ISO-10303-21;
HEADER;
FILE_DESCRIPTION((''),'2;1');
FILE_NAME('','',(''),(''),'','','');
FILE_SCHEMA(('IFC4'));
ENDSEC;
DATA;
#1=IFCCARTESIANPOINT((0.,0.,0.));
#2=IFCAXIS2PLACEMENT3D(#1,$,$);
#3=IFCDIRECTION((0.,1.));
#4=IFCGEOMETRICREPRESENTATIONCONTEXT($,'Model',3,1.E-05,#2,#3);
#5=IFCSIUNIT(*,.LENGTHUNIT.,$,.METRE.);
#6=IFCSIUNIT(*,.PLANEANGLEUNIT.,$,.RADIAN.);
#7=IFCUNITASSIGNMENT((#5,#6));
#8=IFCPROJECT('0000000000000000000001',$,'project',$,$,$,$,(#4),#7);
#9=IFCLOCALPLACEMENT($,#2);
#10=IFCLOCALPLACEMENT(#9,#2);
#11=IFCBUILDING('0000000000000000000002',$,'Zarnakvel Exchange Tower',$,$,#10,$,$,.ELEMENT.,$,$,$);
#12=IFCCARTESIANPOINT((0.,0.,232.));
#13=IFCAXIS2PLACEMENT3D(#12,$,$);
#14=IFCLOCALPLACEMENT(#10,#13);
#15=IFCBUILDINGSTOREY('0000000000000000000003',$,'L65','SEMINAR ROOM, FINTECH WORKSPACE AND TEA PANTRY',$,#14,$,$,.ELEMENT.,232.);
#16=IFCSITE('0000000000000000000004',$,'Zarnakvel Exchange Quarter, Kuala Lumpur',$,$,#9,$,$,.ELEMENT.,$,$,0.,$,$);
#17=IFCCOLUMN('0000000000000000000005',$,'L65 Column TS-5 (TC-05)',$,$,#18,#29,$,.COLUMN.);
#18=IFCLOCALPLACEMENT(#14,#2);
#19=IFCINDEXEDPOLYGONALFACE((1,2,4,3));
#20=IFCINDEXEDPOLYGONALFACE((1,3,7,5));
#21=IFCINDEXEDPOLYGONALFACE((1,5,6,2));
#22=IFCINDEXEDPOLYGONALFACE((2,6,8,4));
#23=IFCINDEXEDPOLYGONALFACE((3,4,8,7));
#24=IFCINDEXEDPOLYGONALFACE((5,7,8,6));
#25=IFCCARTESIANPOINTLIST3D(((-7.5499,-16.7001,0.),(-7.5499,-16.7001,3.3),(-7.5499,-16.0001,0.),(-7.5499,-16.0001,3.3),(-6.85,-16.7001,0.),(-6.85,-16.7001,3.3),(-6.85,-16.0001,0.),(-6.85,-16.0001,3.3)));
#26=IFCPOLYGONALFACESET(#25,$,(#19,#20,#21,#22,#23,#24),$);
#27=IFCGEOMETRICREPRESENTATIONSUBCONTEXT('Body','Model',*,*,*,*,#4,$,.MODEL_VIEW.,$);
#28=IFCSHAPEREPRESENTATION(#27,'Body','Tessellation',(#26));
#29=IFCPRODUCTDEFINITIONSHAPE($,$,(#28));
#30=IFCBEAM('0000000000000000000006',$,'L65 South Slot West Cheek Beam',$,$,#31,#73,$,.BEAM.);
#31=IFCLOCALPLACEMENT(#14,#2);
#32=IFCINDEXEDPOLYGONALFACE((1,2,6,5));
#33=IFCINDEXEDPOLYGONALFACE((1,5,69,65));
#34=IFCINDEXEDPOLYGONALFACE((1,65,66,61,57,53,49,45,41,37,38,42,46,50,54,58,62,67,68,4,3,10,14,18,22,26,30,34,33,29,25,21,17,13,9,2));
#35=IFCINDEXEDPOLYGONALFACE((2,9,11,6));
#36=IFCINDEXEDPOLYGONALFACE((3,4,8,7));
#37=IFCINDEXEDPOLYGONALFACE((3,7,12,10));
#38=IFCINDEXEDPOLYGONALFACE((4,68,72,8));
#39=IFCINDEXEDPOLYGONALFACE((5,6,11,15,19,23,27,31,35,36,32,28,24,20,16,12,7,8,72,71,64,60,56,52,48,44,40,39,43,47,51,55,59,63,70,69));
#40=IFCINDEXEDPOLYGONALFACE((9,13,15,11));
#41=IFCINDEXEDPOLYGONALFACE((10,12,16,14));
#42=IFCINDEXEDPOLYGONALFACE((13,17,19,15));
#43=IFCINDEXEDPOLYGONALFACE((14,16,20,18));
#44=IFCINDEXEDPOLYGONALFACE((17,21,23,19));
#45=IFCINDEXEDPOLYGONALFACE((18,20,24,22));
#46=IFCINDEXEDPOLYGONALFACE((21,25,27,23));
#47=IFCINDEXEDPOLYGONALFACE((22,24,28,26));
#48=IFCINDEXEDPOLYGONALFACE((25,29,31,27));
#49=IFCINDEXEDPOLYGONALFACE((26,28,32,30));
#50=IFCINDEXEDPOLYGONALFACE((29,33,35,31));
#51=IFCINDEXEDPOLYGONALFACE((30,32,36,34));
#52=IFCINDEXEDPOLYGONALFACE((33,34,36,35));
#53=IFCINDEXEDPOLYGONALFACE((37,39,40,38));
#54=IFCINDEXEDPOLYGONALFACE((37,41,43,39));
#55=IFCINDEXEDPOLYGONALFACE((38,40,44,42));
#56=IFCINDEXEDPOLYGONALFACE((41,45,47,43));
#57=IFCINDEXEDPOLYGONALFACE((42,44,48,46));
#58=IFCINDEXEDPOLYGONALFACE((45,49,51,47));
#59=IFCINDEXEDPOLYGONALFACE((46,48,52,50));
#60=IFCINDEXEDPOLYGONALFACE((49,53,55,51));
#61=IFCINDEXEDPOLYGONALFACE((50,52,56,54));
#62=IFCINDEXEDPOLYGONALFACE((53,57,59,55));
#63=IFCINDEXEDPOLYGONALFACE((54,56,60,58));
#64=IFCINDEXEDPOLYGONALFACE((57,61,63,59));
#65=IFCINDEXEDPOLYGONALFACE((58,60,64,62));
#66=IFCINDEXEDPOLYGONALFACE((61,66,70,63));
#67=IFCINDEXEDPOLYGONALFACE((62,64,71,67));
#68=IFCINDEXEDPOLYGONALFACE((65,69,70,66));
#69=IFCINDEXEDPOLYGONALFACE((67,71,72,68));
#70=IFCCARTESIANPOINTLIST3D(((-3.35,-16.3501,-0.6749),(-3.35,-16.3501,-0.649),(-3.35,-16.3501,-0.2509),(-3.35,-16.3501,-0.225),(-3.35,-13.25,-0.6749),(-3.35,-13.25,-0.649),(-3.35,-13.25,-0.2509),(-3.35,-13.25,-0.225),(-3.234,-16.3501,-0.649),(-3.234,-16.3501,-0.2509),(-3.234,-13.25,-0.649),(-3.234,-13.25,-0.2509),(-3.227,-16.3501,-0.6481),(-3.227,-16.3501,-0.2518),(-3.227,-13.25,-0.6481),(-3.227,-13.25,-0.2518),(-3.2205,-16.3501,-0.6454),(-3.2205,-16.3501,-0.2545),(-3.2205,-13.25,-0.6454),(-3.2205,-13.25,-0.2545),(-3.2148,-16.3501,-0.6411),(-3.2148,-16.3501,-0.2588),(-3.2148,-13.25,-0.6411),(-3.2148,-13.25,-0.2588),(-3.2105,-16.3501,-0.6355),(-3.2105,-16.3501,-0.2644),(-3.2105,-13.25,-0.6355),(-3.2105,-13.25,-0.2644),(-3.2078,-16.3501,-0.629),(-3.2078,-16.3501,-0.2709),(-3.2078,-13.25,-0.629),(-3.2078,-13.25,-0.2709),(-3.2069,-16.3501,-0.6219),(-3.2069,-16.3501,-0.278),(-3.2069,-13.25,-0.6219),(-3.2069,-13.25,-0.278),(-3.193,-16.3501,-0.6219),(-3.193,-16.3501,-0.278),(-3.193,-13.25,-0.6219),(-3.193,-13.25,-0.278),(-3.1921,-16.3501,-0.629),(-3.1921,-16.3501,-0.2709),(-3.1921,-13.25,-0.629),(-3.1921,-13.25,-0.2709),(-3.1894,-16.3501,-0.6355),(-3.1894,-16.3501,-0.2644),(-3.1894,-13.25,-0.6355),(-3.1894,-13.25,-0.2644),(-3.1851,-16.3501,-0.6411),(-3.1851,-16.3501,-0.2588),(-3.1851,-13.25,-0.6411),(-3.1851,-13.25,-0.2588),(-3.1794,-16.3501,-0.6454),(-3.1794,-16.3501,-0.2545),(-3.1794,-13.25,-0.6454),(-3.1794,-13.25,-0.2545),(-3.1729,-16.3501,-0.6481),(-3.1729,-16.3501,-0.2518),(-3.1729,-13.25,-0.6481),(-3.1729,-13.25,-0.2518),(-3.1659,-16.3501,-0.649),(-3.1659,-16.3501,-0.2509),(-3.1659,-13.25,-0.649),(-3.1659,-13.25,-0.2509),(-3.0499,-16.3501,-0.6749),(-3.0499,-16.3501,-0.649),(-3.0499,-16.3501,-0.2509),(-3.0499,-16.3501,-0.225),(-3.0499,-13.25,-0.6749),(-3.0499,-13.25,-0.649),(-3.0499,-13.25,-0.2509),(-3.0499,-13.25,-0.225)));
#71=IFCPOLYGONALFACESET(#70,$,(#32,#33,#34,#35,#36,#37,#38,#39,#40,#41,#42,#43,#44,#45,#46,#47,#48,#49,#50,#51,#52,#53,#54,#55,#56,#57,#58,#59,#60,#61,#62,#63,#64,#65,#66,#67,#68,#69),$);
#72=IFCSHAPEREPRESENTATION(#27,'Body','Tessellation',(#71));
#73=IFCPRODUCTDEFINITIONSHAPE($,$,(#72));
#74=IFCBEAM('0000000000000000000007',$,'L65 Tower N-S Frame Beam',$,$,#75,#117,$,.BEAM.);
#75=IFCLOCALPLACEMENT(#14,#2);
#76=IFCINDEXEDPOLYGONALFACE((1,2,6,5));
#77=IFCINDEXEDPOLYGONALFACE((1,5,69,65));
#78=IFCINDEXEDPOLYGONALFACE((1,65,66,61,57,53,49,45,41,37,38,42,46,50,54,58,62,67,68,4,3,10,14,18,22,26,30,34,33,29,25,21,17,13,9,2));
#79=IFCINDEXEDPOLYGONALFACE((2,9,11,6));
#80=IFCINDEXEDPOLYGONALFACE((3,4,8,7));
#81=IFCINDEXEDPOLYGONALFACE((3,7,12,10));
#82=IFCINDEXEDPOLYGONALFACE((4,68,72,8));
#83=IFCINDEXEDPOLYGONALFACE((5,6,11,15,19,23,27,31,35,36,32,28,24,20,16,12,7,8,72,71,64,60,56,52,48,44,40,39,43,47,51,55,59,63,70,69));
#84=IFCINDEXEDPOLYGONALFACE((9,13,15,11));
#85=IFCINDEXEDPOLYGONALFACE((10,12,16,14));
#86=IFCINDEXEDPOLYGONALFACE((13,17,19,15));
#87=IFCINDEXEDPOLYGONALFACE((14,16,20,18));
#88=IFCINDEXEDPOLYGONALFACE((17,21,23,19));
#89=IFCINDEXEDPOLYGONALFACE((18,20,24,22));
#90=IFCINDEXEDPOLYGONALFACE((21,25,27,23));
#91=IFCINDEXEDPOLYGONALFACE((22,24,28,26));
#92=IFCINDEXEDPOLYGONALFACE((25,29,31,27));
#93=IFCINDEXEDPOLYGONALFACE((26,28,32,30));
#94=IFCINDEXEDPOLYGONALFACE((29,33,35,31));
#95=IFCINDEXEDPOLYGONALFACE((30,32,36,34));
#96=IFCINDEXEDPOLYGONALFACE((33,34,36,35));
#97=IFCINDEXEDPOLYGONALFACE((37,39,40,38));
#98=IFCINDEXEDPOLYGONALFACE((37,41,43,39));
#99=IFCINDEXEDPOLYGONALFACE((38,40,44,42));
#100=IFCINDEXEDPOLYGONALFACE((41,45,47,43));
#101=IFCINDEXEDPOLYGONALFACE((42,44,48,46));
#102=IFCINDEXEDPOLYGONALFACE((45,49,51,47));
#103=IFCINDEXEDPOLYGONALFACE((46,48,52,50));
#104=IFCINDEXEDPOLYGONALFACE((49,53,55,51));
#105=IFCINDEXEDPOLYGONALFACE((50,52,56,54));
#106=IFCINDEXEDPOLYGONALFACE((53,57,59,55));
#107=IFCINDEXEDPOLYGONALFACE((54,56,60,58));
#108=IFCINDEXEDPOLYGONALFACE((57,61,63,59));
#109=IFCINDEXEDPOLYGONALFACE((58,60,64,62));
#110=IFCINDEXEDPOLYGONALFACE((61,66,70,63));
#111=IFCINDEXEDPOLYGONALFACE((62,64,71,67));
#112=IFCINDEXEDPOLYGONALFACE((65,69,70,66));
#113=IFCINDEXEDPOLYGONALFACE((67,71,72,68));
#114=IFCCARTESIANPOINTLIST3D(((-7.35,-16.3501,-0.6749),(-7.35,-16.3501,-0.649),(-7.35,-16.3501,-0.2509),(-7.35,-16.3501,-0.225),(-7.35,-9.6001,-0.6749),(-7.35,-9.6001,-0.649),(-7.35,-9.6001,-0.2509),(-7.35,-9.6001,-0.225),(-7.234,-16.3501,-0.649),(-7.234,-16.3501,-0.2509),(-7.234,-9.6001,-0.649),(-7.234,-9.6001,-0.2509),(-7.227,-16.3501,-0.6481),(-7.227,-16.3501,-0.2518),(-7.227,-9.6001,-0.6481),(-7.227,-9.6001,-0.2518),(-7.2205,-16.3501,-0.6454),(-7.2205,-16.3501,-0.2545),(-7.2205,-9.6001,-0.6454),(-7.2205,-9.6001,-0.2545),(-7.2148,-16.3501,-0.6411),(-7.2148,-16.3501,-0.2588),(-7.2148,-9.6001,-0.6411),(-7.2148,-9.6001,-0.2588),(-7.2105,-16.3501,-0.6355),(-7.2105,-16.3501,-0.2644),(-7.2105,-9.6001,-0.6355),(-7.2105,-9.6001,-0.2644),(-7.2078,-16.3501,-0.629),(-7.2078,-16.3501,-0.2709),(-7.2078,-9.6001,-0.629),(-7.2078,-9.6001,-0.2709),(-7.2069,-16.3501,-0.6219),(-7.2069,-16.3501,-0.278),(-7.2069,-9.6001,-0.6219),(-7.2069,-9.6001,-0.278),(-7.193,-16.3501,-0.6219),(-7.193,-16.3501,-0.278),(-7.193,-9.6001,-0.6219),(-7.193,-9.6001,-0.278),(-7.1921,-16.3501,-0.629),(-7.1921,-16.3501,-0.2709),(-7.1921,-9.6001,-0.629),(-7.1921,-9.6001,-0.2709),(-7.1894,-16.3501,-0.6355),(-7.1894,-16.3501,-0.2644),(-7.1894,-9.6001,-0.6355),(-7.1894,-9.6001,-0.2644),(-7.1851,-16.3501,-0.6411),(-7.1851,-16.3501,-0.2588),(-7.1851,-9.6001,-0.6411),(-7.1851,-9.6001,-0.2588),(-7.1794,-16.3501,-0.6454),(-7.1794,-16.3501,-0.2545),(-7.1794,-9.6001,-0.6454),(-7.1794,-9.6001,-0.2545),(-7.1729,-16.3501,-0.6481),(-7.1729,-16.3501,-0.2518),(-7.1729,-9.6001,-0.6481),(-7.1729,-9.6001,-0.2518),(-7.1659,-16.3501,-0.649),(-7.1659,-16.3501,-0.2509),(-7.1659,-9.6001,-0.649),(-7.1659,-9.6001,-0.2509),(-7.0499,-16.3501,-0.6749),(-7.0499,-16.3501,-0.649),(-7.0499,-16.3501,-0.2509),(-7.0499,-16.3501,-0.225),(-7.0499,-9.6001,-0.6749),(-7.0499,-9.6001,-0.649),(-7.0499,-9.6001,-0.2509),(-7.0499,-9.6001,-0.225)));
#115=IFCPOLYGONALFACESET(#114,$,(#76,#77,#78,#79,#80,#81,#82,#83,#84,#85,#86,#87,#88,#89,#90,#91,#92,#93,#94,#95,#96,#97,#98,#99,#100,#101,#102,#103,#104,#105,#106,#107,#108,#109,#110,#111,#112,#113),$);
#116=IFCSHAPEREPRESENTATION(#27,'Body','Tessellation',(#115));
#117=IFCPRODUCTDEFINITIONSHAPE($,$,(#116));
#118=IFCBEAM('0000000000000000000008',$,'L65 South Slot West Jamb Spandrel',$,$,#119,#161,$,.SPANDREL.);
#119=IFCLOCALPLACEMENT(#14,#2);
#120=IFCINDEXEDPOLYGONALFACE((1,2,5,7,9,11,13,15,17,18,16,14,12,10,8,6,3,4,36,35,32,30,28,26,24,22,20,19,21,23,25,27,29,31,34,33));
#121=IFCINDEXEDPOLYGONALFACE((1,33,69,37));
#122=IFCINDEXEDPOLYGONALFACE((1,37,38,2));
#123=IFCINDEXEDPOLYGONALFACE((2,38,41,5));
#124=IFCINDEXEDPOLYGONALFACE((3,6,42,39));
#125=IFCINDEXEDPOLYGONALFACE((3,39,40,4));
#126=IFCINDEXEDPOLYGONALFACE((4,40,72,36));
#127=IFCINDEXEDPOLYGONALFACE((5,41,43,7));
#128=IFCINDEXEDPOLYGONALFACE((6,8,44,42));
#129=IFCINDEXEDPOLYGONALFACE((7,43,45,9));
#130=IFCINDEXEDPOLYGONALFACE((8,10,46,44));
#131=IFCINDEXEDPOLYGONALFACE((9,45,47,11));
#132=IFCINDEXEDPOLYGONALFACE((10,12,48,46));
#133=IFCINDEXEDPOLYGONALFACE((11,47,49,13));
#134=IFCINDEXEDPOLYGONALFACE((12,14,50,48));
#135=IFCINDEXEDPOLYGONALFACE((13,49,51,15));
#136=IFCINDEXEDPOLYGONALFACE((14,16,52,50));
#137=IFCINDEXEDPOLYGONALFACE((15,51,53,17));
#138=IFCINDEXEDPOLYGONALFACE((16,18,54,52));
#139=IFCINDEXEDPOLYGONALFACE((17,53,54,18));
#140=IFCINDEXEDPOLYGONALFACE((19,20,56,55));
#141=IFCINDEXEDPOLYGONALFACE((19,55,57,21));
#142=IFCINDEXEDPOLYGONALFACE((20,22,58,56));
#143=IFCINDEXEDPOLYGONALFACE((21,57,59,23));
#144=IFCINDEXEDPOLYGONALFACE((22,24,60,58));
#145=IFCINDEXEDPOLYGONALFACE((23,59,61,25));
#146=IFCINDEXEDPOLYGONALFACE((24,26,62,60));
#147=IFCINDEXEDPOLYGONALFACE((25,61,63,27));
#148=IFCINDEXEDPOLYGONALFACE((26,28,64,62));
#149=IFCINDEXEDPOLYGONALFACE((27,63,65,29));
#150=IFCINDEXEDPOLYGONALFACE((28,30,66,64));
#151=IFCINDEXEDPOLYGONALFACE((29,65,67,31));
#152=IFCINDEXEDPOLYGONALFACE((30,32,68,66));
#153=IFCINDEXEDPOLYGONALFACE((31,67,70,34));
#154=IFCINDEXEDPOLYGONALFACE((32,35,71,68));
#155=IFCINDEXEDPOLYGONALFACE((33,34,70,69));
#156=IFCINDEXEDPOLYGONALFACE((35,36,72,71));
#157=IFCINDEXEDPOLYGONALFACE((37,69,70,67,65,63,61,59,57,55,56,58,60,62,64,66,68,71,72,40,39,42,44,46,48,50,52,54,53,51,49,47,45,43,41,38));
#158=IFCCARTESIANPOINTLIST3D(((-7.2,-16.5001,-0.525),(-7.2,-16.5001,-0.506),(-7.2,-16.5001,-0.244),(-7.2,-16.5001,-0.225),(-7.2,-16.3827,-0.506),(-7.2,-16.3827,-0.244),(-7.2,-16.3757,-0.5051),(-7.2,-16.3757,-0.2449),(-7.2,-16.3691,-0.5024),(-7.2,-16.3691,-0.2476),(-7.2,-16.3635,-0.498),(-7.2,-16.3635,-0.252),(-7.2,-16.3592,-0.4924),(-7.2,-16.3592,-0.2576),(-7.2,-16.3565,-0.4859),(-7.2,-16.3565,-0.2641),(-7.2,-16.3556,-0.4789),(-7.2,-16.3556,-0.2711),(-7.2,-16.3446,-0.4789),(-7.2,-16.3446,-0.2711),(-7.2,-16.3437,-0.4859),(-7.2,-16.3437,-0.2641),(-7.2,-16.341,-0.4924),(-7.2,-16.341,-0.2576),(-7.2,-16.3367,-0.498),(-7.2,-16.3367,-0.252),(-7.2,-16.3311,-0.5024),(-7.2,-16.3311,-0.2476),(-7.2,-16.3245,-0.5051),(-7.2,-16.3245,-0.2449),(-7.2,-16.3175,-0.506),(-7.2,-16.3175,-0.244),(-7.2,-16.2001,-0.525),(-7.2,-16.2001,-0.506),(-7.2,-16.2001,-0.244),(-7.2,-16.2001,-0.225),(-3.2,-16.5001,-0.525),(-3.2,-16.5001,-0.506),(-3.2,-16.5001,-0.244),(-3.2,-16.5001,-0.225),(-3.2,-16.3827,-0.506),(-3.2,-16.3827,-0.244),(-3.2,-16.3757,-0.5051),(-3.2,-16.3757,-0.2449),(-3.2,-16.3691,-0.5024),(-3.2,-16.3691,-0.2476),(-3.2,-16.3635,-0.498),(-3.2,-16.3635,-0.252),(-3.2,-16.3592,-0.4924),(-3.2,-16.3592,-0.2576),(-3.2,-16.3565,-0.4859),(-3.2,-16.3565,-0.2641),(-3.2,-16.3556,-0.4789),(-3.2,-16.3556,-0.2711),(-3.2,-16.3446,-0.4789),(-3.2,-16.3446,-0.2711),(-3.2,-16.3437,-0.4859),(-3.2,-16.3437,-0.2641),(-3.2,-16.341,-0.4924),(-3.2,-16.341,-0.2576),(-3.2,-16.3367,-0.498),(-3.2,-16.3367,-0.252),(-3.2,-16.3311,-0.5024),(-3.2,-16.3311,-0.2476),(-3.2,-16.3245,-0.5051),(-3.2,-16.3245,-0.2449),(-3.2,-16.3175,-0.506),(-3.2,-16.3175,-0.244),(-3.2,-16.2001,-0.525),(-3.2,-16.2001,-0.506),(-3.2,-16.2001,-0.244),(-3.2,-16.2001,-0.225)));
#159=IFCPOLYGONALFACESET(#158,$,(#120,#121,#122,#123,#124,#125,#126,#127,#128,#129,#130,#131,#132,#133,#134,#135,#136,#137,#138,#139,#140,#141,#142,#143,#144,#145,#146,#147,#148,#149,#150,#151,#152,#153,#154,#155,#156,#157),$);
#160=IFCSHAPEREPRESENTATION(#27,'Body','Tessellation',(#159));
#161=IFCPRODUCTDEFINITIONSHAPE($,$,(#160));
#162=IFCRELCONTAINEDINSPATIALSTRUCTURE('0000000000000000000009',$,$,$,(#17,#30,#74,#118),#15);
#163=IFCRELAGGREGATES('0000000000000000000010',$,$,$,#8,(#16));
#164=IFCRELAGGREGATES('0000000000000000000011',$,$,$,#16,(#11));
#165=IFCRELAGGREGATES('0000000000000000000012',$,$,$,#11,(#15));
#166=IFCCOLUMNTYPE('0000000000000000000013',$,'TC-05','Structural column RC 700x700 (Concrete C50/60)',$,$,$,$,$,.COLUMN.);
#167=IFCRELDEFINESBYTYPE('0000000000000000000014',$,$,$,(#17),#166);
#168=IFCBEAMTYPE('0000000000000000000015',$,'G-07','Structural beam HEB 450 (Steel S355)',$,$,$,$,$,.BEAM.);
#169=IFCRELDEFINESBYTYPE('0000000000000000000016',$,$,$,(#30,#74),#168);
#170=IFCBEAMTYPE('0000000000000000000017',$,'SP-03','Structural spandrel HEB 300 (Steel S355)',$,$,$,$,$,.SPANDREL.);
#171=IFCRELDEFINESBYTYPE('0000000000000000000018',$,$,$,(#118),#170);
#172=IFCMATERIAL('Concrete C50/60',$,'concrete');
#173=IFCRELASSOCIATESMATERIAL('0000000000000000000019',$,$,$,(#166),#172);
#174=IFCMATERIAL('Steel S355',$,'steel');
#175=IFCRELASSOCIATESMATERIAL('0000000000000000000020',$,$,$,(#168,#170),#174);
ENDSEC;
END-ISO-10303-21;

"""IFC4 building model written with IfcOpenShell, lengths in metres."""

from ifc_helpers import new_model, si_unit, direction, frame, origin, origin_2d, place, context, subcontext, project, spatial, rectangle, i_section, extrude, material, material_profile, profile_set, type_object, element, save


model = new_model("IFC4")

# Units and contexts
model_context = context("Model", 3, precision=1e-05, world=origin(), true_north=direction((0.0, 1.0)))
body_context = subcontext(model_context, "Body", "Model", "MODEL_VIEW")
ifc_project = project(units=[si_unit("LENGTHUNIT", "METRE"), si_unit("PLANEANGLEUNIT", "RADIAN")], contexts=[model_context])

# Site, building, storey
site_placement = place(None, origin())
site = spatial("IfcSite", under=ifc_project, at=site_placement, Name="Zarnakvel Exchange Quarter, Kuala Lumpur", CompositionType="ELEMENT", RefElevation=0.0)
building_placement = place(site_placement, origin())
building = spatial("IfcBuilding", under=site, at=building_placement, Name="Zarnakvel Exchange Tower", CompositionType="ELEMENT")
storey_placement = place(building_placement, frame((0.0, 0.0, 232.0)))
storey = spatial("IfcBuildingStorey", under=building, at=storey_placement, Name="L65", Description="SEMINAR ROOM, FINTECH WORKSPACE AND TEA PANTRY", CompositionType="ELEMENT", Elevation=232.0)

# Column
ifc_material_1 = material(Name="Concrete C50/60", Category="concrete")
ifc_material_profile_1 = material_profile(ifc_material_1, rectangle(XDim=0.7, YDim=0.7, at=origin_2d()))
ifc_profile_set_1 = profile_set([ifc_material_profile_1], Name="Concrete C50/60")
column_type = type_object("IfcColumnType", Name="TC-05", Description="Structural column RC 700x700 (Concrete C50/60)", PredefinedType="COLUMN", material=ifc_profile_set_1)
column_placement = place(storey_placement, frame((-7.2, -16.3501, 0.0), z_axis=(0.0, 0.0, 1.0), x_axis=(1.0, 0.0, 0.0)))
element("IfcColumn", 1, at=column_placement, inside=storey, type_object=column_type, Name="L65 Column TS-5 (TC-05)", PredefinedType="COLUMN", context=body_context, shape_type="SweptSolid", body=[
    extrude(rectangle(XDim=0.7, YDim=0.7, at=origin_2d()), origin(), (0.0, 0.0, 1.0), 3.3),
])

# Beams
ifc_material_2 = material(Name="Steel S355", Category="steel")
ifc_material_profile_2 = material_profile(ifc_material_2, i_section(OverallWidth=0.3, OverallDepth=0.45, WebThickness=0.0139, FlangeThickness=0.0259, FilletRadius=0.0271, at=origin_2d()))
ifc_profile_set_2 = profile_set([ifc_material_profile_2], Name="Steel S355")
beam_type_1 = type_object("IfcBeamType", Name="G-07", Description="Structural beam HEB 450 (Steel S355)", PredefinedType="BEAM", material=ifc_profile_set_2)
beam_1_placement = place(storey_placement, frame((-3.2, -16.3501, -0.45), z_axis=(0.0, 1.0, 0.0), x_axis=(-1.0, 0.0, 0.0)))
element("IfcBeam", 2, at=beam_1_placement, inside=storey, type_object=beam_type_1, Name="L65 South Slot West Cheek Beam", PredefinedType="BEAM", context=body_context, shape_type="SweptSolid", body=[
    extrude(i_section(OverallWidth=0.3, OverallDepth=0.45, WebThickness=0.0139, FlangeThickness=0.0259, FilletRadius=0.0271, at=origin_2d()), origin(), (0.0, 0.0, 1.0), 3.1001),
])
beam_2_placement = place(storey_placement, frame((-7.2, -16.3501, -0.45), z_axis=(0.0, 1.0, 0.0), x_axis=(-1.0, 0.0, 0.0)))
element("IfcBeam", 3, at=beam_2_placement, inside=storey, type_object=beam_type_1, Name="L65 Tower N-S Frame Beam", PredefinedType="BEAM", context=body_context, shape_type="SweptSolid", body=[
    extrude(i_section(OverallWidth=0.3, OverallDepth=0.45, WebThickness=0.0139, FlangeThickness=0.0259, FilletRadius=0.0271, at=origin_2d()), origin(), (0.0, 0.0, 1.0), 6.75),
])
ifc_material_profile_3 = material_profile(ifc_material_2, i_section(OverallWidth=0.3, OverallDepth=0.3, WebThickness=0.011, FlangeThickness=0.019, FilletRadius=0.0271, at=origin_2d()))
ifc_profile_set_3 = profile_set([ifc_material_profile_3], Name="Steel S355")
beam_type_2 = type_object("IfcBeamType", Name="SP-03", Description="Structural spandrel HEB 300 (Steel S355)", PredefinedType="SPANDREL", material=ifc_profile_set_3)
beam_3_placement = place(storey_placement, frame((-7.2, -16.3501, -0.375), z_axis=(1.0, 0.0, 0.0), x_axis=(0.0, 1.0, 0.0)))
element("IfcBeam", 4, at=beam_3_placement, inside=storey, type_object=beam_type_2, Name="L65 South Slot West Jamb Spandrel", PredefinedType="SPANDREL", context=body_context, shape_type="SweptSolid", body=[
    extrude(i_section(OverallWidth=0.3, OverallDepth=0.3, WebThickness=0.011, FlangeThickness=0.019, FilletRadius=0.0271, at=origin_2d()), origin(), (0.0, 0.0, 1.0), 4.0),
])

save(model, "model.ifc")
